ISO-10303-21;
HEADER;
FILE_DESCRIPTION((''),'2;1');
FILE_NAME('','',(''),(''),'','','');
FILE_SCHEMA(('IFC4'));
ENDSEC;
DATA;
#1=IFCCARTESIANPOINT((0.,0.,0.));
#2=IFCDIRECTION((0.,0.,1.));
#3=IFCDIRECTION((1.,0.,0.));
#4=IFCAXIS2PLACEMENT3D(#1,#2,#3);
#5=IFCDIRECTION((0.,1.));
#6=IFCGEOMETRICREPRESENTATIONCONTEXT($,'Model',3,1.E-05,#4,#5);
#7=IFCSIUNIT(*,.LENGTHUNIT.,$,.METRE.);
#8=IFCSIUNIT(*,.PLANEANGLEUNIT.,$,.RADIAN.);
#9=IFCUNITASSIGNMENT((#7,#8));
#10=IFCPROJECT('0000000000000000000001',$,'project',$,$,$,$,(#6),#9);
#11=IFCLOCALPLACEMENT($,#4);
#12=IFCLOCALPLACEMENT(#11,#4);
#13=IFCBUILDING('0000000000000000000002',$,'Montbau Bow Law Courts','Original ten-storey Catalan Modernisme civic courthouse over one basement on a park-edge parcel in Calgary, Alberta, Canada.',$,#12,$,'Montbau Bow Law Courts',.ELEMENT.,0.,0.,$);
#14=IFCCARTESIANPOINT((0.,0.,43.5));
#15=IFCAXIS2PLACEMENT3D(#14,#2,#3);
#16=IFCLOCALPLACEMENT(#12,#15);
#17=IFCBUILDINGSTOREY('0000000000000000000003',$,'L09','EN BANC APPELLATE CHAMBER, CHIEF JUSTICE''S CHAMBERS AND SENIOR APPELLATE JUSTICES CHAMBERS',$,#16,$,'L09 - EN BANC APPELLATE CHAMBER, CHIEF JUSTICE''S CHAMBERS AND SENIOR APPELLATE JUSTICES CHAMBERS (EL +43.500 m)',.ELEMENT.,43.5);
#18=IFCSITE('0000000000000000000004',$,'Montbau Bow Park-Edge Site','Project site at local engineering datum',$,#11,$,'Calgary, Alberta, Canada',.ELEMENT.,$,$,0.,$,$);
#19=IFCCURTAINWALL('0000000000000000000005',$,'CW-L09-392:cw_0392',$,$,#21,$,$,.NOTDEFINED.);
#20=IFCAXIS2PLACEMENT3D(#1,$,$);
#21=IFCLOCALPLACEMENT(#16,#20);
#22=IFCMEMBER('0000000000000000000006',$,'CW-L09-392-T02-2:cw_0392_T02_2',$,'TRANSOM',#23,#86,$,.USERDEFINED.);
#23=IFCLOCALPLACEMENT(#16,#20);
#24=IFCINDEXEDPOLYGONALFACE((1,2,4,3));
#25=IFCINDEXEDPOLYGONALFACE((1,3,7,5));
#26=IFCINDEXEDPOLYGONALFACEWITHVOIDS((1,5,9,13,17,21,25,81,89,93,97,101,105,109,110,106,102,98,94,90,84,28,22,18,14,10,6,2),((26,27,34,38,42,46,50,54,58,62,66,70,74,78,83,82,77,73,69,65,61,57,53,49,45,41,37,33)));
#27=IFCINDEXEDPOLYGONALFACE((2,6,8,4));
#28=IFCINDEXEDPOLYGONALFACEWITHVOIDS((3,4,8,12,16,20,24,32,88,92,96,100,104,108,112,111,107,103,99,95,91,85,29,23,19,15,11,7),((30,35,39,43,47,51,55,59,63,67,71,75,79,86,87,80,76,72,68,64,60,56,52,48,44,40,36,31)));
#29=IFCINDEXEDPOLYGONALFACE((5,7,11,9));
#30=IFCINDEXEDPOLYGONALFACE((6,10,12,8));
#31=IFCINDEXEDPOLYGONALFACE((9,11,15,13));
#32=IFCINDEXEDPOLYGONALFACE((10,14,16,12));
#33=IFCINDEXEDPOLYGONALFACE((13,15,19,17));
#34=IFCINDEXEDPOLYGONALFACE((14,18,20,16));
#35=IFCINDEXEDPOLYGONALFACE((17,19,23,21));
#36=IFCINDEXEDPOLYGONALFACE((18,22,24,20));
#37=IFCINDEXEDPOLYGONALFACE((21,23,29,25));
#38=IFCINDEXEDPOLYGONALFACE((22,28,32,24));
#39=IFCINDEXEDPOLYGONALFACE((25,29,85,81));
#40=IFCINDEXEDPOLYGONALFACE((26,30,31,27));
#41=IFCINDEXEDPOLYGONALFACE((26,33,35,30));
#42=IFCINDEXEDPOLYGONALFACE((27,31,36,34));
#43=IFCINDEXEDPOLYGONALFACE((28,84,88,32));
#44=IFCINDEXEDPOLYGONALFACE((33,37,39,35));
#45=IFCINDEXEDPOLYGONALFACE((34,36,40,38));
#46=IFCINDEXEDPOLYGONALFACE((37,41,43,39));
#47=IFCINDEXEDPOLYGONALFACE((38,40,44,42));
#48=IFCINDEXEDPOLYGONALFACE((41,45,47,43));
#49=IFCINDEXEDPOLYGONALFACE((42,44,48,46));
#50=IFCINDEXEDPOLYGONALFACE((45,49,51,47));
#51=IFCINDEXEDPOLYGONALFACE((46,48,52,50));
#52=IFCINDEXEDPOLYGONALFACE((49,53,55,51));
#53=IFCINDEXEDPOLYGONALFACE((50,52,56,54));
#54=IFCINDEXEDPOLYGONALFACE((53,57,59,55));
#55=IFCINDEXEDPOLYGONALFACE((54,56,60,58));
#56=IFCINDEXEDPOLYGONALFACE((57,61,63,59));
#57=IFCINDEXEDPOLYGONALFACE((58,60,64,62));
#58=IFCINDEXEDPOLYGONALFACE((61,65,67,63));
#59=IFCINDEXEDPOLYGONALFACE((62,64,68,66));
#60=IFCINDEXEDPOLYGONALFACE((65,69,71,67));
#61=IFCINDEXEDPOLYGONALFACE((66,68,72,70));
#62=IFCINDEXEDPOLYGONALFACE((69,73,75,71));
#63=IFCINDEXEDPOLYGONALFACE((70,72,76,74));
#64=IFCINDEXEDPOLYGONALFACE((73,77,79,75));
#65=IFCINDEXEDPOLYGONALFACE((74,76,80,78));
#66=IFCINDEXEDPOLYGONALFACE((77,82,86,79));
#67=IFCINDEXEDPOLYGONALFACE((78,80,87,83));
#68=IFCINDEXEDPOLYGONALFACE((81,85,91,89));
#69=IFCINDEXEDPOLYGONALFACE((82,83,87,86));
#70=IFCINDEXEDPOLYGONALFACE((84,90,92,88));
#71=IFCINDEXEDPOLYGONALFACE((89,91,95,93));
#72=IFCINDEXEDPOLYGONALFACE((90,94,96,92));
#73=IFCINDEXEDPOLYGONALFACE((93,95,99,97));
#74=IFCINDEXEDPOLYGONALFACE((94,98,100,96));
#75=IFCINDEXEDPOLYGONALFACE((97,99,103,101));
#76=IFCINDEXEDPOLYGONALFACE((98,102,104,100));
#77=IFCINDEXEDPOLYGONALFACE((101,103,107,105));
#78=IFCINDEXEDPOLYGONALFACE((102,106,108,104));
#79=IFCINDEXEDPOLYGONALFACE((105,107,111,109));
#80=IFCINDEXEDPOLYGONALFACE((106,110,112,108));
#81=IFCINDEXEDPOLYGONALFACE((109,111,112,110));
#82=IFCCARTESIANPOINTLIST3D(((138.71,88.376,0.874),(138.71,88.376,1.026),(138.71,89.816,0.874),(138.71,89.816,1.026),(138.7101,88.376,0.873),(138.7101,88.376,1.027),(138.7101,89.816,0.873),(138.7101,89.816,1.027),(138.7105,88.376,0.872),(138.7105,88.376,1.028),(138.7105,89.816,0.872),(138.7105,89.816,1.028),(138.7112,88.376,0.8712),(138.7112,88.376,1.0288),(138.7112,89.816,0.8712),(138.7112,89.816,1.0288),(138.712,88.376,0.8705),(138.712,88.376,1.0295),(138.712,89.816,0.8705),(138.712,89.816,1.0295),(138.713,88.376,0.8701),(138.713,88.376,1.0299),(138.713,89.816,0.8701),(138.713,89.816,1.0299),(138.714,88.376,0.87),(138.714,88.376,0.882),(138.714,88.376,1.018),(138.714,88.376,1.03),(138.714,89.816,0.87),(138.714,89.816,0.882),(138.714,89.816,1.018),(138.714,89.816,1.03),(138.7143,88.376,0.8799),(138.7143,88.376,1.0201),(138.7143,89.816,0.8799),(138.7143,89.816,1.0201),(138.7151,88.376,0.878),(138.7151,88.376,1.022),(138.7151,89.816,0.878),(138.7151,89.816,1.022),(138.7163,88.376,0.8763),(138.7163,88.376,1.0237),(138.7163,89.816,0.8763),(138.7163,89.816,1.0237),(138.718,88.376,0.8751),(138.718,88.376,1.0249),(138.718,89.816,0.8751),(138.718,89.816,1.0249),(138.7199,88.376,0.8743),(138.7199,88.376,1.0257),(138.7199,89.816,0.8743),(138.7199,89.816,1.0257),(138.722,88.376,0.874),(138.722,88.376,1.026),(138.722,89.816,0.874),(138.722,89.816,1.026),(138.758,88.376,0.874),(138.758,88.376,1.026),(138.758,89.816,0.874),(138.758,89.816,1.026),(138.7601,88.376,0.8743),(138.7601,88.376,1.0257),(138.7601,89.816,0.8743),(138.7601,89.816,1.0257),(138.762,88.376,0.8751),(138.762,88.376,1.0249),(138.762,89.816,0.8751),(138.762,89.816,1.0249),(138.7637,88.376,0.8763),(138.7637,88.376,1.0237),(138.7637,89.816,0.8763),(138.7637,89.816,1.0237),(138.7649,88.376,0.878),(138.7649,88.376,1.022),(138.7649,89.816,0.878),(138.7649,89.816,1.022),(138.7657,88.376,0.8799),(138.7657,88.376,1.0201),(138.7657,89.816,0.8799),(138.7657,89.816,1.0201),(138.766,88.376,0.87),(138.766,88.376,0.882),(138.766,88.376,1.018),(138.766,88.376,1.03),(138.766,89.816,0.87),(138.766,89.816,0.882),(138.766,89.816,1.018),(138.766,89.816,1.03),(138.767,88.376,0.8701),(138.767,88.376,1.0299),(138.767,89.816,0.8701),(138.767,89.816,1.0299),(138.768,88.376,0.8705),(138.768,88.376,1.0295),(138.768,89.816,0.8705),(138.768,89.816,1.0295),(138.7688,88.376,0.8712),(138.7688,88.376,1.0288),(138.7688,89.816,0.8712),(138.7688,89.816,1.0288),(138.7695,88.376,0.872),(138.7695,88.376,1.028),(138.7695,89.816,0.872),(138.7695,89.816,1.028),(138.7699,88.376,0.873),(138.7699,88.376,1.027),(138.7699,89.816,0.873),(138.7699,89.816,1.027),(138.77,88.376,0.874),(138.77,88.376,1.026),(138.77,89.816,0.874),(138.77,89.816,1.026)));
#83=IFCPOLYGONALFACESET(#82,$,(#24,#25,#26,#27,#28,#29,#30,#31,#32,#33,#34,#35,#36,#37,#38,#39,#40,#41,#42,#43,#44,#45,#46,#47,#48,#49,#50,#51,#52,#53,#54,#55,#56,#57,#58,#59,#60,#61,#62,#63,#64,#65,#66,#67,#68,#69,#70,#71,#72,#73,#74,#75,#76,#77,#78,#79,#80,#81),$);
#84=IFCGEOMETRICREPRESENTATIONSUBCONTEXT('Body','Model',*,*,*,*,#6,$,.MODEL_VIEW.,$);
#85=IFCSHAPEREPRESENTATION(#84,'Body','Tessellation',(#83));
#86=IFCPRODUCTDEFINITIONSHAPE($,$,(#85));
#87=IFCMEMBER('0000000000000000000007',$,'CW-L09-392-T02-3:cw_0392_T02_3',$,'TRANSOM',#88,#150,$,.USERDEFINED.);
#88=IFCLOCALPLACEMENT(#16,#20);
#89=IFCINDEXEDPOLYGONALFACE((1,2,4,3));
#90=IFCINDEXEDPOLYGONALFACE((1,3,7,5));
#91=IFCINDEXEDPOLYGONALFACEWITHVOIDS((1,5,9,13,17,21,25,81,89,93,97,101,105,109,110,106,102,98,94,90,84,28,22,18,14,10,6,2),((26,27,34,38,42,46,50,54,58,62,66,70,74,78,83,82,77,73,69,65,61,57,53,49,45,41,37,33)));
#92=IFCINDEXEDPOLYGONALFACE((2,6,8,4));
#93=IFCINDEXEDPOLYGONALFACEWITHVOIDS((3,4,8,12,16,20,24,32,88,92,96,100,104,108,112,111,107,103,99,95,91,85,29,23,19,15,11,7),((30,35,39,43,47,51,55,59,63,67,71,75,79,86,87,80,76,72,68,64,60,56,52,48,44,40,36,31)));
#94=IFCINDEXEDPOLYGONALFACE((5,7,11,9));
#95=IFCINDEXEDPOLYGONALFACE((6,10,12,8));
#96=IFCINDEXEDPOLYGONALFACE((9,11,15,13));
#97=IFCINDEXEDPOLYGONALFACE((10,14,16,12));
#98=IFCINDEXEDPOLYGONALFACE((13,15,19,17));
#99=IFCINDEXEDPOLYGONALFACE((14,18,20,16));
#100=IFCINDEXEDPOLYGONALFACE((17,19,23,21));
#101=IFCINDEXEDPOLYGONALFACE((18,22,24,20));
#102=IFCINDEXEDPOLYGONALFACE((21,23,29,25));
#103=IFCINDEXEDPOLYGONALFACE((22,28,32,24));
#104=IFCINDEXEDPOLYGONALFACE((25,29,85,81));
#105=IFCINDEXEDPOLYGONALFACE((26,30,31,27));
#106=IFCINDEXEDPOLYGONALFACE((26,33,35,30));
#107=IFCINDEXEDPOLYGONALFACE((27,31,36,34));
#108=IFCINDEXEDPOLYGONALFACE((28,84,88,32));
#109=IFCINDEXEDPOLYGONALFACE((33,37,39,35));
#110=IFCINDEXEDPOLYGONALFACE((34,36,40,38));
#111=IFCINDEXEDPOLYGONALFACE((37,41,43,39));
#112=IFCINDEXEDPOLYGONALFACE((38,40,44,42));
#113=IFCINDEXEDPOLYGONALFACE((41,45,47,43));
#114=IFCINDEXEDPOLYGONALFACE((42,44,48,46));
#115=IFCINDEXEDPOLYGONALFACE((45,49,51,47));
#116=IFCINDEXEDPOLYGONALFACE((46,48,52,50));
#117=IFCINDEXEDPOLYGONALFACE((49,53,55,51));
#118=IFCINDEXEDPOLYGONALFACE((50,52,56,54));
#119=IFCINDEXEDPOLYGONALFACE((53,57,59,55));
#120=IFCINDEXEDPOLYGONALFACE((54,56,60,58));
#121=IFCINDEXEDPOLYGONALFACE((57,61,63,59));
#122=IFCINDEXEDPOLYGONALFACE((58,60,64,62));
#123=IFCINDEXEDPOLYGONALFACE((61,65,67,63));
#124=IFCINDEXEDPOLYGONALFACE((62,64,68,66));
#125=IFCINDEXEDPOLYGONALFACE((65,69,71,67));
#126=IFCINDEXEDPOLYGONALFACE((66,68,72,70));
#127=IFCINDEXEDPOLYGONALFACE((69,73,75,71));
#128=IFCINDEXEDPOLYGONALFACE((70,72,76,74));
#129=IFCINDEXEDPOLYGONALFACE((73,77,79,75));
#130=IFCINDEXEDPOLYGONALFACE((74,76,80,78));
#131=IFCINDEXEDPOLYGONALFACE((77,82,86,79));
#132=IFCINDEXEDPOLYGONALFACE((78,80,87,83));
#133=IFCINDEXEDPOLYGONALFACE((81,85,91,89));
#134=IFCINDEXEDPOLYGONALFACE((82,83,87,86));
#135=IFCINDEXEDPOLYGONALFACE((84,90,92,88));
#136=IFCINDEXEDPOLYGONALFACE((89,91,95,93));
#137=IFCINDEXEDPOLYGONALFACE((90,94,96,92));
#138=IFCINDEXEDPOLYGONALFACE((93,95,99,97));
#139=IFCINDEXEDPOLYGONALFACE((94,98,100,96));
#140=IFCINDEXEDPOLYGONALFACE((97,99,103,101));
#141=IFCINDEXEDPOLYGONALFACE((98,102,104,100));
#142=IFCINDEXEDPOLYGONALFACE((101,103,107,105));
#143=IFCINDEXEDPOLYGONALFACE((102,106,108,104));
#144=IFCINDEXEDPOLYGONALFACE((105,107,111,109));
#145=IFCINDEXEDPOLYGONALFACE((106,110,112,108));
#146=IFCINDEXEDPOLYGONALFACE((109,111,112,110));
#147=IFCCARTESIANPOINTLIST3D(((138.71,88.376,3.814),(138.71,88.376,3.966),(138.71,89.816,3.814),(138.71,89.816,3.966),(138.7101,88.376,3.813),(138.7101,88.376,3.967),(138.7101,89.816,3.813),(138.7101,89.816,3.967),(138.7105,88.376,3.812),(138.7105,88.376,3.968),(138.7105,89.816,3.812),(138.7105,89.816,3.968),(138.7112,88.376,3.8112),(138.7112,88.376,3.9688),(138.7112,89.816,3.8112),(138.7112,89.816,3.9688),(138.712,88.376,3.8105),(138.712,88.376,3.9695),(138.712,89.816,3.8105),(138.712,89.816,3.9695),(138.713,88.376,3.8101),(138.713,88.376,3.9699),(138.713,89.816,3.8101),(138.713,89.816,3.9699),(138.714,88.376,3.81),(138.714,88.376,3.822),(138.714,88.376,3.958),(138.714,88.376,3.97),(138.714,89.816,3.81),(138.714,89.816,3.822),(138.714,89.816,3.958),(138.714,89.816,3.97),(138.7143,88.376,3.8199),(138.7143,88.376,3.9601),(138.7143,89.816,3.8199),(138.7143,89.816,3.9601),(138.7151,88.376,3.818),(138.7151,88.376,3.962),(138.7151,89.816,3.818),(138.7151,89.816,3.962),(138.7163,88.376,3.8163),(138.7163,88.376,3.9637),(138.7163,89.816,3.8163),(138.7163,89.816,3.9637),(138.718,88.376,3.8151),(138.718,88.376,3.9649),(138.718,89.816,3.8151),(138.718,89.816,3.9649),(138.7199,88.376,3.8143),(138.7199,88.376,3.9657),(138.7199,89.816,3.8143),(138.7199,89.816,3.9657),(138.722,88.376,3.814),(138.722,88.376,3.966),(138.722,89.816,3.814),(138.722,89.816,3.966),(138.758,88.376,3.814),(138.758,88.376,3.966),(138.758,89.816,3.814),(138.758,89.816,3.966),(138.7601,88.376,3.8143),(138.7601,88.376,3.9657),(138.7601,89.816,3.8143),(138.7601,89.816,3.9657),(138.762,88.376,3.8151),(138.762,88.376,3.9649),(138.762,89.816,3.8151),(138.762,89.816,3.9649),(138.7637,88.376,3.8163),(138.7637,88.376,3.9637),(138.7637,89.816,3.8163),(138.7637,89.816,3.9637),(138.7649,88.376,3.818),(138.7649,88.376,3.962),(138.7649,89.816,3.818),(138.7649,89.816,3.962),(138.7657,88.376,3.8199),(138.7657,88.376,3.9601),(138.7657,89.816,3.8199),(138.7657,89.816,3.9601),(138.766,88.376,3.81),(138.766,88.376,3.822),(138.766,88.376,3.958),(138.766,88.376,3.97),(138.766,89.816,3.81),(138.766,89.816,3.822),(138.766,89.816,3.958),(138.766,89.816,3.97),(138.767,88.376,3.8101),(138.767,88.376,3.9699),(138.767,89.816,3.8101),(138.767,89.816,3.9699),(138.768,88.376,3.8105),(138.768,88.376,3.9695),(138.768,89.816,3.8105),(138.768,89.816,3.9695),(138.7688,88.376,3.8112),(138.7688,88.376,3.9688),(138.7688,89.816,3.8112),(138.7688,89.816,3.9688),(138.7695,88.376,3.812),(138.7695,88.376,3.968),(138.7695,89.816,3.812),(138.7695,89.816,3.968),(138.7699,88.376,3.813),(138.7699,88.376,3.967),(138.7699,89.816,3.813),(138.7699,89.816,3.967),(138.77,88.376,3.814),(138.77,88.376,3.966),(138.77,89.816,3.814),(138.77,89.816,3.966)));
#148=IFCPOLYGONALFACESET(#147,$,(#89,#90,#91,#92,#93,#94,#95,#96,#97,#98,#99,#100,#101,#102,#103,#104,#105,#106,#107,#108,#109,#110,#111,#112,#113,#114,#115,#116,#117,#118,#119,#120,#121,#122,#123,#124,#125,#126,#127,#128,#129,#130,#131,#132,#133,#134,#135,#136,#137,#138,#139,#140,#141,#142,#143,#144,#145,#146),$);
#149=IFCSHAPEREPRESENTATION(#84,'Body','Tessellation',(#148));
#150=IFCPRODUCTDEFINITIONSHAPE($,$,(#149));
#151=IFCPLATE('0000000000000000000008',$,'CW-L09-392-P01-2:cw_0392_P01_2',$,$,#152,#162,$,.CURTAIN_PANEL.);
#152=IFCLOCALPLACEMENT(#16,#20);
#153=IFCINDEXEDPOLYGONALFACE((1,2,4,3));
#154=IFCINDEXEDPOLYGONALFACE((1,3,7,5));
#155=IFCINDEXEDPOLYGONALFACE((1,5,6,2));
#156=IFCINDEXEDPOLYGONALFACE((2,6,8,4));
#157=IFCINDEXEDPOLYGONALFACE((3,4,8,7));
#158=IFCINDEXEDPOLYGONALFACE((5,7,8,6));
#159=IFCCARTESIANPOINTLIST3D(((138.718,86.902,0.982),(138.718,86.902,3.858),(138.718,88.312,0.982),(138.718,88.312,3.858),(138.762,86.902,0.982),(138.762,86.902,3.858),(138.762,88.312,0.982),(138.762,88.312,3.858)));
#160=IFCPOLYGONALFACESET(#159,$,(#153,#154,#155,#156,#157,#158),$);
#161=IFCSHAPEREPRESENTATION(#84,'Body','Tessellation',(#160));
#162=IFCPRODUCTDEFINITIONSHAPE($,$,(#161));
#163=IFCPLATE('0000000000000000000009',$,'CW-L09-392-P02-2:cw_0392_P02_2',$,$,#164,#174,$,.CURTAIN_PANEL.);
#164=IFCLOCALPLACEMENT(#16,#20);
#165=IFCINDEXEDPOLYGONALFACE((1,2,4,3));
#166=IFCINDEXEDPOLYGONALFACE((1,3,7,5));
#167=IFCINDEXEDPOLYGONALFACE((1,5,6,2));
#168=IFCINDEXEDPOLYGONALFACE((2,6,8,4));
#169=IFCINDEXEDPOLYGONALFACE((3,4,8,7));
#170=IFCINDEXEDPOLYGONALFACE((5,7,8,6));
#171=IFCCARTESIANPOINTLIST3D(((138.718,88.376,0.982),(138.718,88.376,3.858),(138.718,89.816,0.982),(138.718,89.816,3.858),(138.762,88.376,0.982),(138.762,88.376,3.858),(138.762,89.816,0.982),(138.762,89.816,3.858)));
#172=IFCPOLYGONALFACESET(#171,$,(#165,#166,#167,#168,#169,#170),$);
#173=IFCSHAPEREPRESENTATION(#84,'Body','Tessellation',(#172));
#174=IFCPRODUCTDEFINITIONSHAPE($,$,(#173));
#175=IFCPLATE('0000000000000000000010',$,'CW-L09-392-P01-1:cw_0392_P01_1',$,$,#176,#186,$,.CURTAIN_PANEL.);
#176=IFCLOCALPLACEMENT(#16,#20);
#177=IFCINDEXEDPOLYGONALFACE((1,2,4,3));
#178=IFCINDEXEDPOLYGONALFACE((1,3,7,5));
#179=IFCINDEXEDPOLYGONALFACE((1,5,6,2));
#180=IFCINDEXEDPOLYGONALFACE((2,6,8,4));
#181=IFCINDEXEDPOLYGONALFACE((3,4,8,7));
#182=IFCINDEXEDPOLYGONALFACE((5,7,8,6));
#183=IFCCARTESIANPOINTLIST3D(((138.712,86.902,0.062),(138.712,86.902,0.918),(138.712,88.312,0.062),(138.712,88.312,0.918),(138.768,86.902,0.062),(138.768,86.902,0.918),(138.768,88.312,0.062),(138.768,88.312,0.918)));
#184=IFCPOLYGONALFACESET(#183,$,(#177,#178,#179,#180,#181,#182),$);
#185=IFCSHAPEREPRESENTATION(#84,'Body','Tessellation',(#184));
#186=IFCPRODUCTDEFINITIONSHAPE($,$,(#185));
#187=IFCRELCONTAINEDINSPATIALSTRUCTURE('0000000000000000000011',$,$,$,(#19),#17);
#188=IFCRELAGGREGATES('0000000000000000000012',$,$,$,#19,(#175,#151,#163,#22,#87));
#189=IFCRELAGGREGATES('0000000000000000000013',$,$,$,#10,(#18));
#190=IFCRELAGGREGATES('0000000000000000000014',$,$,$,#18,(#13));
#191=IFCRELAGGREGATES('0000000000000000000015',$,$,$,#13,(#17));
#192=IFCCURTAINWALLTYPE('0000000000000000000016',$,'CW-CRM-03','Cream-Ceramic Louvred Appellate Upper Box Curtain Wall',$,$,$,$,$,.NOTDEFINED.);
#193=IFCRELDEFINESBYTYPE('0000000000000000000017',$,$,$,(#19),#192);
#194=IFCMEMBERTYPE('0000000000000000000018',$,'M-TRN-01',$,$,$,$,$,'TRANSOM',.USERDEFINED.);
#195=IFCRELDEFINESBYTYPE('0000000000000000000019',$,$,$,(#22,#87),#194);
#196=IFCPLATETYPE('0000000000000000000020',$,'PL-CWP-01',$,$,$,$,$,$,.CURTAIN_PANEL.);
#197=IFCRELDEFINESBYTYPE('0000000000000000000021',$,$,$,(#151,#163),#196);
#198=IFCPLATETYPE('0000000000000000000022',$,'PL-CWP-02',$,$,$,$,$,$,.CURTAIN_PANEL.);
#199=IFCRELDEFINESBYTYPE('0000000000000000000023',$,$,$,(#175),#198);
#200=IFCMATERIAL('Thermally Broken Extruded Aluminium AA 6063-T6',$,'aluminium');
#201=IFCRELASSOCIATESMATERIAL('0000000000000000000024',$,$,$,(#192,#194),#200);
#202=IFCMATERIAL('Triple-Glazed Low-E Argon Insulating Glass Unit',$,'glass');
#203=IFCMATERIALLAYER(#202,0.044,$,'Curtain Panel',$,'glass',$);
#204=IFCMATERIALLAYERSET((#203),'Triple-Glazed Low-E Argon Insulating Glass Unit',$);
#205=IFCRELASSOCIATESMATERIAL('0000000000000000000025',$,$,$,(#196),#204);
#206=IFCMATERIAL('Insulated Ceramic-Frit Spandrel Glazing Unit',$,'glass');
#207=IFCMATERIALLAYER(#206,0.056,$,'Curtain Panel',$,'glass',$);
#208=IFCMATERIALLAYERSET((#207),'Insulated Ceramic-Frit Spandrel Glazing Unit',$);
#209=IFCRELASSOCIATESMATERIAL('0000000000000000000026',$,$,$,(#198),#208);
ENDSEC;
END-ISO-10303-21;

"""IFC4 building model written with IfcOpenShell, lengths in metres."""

from ifc_helpers import new_model, si_unit, direction, frame, frame_2d, origin_with_axes, origin_2d_with_axis, place, context, subcontext, project, spatial, rectangle, hollow_rectangle, extrude, material, layer, layer_set, material_profile, profile_set, type_object, element, aggregate, save


model = new_model("IFC4")

# Units and contexts
model_context = context("Model", 3, precision=1e-05, world=origin_with_axes(), true_north=direction((0.0, 1.0)))
body_context = subcontext(model_context, "Body", "Model", "MODEL_VIEW")
ifc_project = project(units=[si_unit("LENGTHUNIT", "METRE"), si_unit("PLANEANGLEUNIT", "RADIAN")], contexts=[model_context])

# Site, building, storey
site_placement = place(None, origin_with_axes())
site = spatial("IfcSite", under=ifc_project, at=site_placement, Name="Montbau Bow Park-Edge Site", Description="Project site at local engineering datum", LongName="Calgary, Alberta, Canada", CompositionType="ELEMENT", RefElevation=0.0)
building_placement = place(site_placement, origin_with_axes())
building = spatial("IfcBuilding", under=site, at=building_placement, Name="Montbau Bow Law Courts", Description="Original ten-storey Catalan Modernisme civic courthouse over one basement on a park-edge parcel in Calgary, Alberta, Canada.", LongName="Montbau Bow Law Courts", CompositionType="ELEMENT", ElevationOfRefHeight=0.0, ElevationOfTerrain=0.0)
storey_placement = place(building_placement, frame((0.0, 0.0, 43.5), z_axis=(0.0, 0.0, 1.0), x_axis=(1.0, 0.0, 0.0)))
storey = spatial("IfcBuildingStorey", under=building, at=storey_placement, Name="L09", Description="EN BANC APPELLATE CHAMBER, CHIEF JUSTICE'S CHAMBERS AND SENIOR APPELLATE JUSTICES CHAMBERS", LongName="L09 - EN BANC APPELLATE CHAMBER, CHIEF JUSTICE'S CHAMBERS AND SENIOR APPELLATE JUSTICES CHAMBERS (EL +43.500 m)", CompositionType="ELEMENT", Elevation=43.5)

# Curtain wall, members, plates
ifc_material_1 = material(Name="Thermally Broken Extruded Aluminium AA 6063-T6", Category="aluminium")
curtain_wall_type = type_object("IfcCurtainWallType", Name="CW-CRM-03", Description="Cream-Ceramic Louvred Appellate Upper Box Curtain Wall", PredefinedType="NOTDEFINED", material=ifc_material_1)
curtain_wall_placement = place(None, frame((138.74, 86.84, 43.5), z_axis=(0.0, 0.0, 1.0), x_axis=(1.0, 0.0, 0.0)))
curtain_wall = element("IfcCurtainWall", 1, at=curtain_wall_placement, inside=storey, type_object=curtain_wall_type, Name="CW-L09-392:cw_0392", PredefinedType="NOTDEFINED")
ifc_material_profile_1 = material_profile(ifc_material_1, hollow_rectangle(XDim=0.06, YDim=0.16, WallThickness=0.004, InnerFilletRadius=0.008, OuterFilletRadius=0.004, at=origin_2d_with_axis()), Name="CWT-160X60", Category="Main", Priority=0)
ifc_profile_set_1 = profile_set([ifc_material_profile_1], Name="Thermally Broken Extruded Aluminium AA 6063-T6")
member_type_1 = type_object("IfcMemberType", Name="M-TRN-01", ElementType="TRANSOM", PredefinedType="USERDEFINED", material=ifc_profile_set_1)
member_1_placement = place(None, frame((138.74, 88.376, 44.45), z_axis=(0.0, 1.0, 0.0), x_axis=(-1.0, 0.0, 0.0)))
member_1 = element("IfcMember", 2, at=member_1_placement, type_object=member_type_1, Name="CW-L09-392-T02-2:cw_0392_T02_2", ObjectType="TRANSOM", PredefinedType="USERDEFINED", context=body_context, shape_type="SweptSolid", body=[
    extrude(hollow_rectangle(XDim=0.06, YDim=0.16, WallThickness=0.004, InnerFilletRadius=0.008, OuterFilletRadius=0.004, at=origin_2d_with_axis()), origin_with_axes(), (0.0, 0.0, 1.0), 1.44),
])
member_2_placement = place(None, frame((138.74, 88.376, 47.39), z_axis=(0.0, 1.0, 0.0), x_axis=(-1.0, 0.0, 0.0)))
member_2 = element("IfcMember", 3, at=member_2_placement, type_object=member_type_1, Name="CW-L09-392-T02-3:cw_0392_T02_3", ObjectType="TRANSOM", PredefinedType="USERDEFINED", context=body_context, shape_type="SweptSolid", body=[
    extrude(hollow_rectangle(XDim=0.06, YDim=0.16, WallThickness=0.004, InnerFilletRadius=0.008, OuterFilletRadius=0.004, at=origin_2d_with_axis()), origin_with_axes(), (0.0, 0.0, 1.0), 1.44),
])
ifc_material_2 = material(Name="Triple-Glazed Low-E Argon Insulating Glass Unit", Category="glass")
ifc_layer_1 = layer(ifc_material_2, 0.044, Name="Curtain Panel", Category="glass")
ifc_layer_set_1 = layer_set([ifc_layer_1], Name="Triple-Glazed Low-E Argon Insulating Glass Unit")
plate_type_1 = type_object("IfcPlateType", Name="PL-CWP-01", PredefinedType="CURTAIN_PANEL", material=ifc_layer_set_1)
plate_1_placement = place(None, frame((138.74, 86.902, 44.482), z_axis=(1.0, 0.0, 0.0), x_axis=(0.0, 1.0, 0.0)))
plate_1 = element("IfcPlate", 4, at=plate_1_placement, type_object=plate_type_1, Name="CW-L09-392-P01-2:cw_0392_P01_2", PredefinedType="CURTAIN_PANEL", context=body_context, shape_type="SweptSolid", body=[
    extrude(rectangle(XDim=1.41, YDim=2.876, at=frame_2d((0.705, 1.438), x_axis=(1.0, 0.0))), frame((0.0, 0.0, -0.022), z_axis=(0.0, 0.0, 1.0), x_axis=(1.0, 0.0, 0.0)), (0.0, 0.0, 1.0), 0.044),
])
plate_2_placement = place(None, frame((138.74, 88.376, 44.482), z_axis=(1.0, 0.0, 0.0), x_axis=(0.0, 1.0, 0.0)))
plate_2 = element("IfcPlate", 5, at=plate_2_placement, type_object=plate_type_1, Name="CW-L09-392-P02-2:cw_0392_P02_2", PredefinedType="CURTAIN_PANEL", context=body_context, shape_type="SweptSolid", body=[
    extrude(rectangle(XDim=1.44, YDim=2.876, at=frame_2d((0.72, 1.438), x_axis=(1.0, 0.0))), frame((0.0, 0.0, -0.022), z_axis=(0.0, 0.0, 1.0), x_axis=(1.0, 0.0, 0.0)), (0.0, 0.0, 1.0), 0.044),
])
ifc_material_3 = material(Name="Insulated Ceramic-Frit Spandrel Glazing Unit", Category="glass")
ifc_layer_2 = layer(ifc_material_3, 0.056, Name="Curtain Panel", Category="glass")
ifc_layer_set_2 = layer_set([ifc_layer_2], Name="Insulated Ceramic-Frit Spandrel Glazing Unit")
plate_type_2 = type_object("IfcPlateType", Name="PL-CWP-02", PredefinedType="CURTAIN_PANEL", material=ifc_layer_set_2)
plate_3_placement = place(None, frame((138.74, 86.902, 43.562), z_axis=(1.0, 0.0, 0.0), x_axis=(0.0, 1.0, 0.0)))
plate_3 = element("IfcPlate", 6, at=plate_3_placement, type_object=plate_type_2, Name="CW-L09-392-P01-1:cw_0392_P01_1", PredefinedType="CURTAIN_PANEL", context=body_context, shape_type="SweptSolid", body=[
    extrude(rectangle(XDim=1.41, YDim=0.856, at=frame_2d((0.705, 0.428), x_axis=(1.0, 0.0))), frame((0.0, 0.0, -0.028), z_axis=(0.0, 0.0, 1.0), x_axis=(1.0, 0.0, 0.0)), (0.0, 0.0, 1.0), 0.056),
])
aggregate(curtain_wall, [plate_3, plate_1, plate_2, member_1, member_2])

save(model, "model.ifc")
